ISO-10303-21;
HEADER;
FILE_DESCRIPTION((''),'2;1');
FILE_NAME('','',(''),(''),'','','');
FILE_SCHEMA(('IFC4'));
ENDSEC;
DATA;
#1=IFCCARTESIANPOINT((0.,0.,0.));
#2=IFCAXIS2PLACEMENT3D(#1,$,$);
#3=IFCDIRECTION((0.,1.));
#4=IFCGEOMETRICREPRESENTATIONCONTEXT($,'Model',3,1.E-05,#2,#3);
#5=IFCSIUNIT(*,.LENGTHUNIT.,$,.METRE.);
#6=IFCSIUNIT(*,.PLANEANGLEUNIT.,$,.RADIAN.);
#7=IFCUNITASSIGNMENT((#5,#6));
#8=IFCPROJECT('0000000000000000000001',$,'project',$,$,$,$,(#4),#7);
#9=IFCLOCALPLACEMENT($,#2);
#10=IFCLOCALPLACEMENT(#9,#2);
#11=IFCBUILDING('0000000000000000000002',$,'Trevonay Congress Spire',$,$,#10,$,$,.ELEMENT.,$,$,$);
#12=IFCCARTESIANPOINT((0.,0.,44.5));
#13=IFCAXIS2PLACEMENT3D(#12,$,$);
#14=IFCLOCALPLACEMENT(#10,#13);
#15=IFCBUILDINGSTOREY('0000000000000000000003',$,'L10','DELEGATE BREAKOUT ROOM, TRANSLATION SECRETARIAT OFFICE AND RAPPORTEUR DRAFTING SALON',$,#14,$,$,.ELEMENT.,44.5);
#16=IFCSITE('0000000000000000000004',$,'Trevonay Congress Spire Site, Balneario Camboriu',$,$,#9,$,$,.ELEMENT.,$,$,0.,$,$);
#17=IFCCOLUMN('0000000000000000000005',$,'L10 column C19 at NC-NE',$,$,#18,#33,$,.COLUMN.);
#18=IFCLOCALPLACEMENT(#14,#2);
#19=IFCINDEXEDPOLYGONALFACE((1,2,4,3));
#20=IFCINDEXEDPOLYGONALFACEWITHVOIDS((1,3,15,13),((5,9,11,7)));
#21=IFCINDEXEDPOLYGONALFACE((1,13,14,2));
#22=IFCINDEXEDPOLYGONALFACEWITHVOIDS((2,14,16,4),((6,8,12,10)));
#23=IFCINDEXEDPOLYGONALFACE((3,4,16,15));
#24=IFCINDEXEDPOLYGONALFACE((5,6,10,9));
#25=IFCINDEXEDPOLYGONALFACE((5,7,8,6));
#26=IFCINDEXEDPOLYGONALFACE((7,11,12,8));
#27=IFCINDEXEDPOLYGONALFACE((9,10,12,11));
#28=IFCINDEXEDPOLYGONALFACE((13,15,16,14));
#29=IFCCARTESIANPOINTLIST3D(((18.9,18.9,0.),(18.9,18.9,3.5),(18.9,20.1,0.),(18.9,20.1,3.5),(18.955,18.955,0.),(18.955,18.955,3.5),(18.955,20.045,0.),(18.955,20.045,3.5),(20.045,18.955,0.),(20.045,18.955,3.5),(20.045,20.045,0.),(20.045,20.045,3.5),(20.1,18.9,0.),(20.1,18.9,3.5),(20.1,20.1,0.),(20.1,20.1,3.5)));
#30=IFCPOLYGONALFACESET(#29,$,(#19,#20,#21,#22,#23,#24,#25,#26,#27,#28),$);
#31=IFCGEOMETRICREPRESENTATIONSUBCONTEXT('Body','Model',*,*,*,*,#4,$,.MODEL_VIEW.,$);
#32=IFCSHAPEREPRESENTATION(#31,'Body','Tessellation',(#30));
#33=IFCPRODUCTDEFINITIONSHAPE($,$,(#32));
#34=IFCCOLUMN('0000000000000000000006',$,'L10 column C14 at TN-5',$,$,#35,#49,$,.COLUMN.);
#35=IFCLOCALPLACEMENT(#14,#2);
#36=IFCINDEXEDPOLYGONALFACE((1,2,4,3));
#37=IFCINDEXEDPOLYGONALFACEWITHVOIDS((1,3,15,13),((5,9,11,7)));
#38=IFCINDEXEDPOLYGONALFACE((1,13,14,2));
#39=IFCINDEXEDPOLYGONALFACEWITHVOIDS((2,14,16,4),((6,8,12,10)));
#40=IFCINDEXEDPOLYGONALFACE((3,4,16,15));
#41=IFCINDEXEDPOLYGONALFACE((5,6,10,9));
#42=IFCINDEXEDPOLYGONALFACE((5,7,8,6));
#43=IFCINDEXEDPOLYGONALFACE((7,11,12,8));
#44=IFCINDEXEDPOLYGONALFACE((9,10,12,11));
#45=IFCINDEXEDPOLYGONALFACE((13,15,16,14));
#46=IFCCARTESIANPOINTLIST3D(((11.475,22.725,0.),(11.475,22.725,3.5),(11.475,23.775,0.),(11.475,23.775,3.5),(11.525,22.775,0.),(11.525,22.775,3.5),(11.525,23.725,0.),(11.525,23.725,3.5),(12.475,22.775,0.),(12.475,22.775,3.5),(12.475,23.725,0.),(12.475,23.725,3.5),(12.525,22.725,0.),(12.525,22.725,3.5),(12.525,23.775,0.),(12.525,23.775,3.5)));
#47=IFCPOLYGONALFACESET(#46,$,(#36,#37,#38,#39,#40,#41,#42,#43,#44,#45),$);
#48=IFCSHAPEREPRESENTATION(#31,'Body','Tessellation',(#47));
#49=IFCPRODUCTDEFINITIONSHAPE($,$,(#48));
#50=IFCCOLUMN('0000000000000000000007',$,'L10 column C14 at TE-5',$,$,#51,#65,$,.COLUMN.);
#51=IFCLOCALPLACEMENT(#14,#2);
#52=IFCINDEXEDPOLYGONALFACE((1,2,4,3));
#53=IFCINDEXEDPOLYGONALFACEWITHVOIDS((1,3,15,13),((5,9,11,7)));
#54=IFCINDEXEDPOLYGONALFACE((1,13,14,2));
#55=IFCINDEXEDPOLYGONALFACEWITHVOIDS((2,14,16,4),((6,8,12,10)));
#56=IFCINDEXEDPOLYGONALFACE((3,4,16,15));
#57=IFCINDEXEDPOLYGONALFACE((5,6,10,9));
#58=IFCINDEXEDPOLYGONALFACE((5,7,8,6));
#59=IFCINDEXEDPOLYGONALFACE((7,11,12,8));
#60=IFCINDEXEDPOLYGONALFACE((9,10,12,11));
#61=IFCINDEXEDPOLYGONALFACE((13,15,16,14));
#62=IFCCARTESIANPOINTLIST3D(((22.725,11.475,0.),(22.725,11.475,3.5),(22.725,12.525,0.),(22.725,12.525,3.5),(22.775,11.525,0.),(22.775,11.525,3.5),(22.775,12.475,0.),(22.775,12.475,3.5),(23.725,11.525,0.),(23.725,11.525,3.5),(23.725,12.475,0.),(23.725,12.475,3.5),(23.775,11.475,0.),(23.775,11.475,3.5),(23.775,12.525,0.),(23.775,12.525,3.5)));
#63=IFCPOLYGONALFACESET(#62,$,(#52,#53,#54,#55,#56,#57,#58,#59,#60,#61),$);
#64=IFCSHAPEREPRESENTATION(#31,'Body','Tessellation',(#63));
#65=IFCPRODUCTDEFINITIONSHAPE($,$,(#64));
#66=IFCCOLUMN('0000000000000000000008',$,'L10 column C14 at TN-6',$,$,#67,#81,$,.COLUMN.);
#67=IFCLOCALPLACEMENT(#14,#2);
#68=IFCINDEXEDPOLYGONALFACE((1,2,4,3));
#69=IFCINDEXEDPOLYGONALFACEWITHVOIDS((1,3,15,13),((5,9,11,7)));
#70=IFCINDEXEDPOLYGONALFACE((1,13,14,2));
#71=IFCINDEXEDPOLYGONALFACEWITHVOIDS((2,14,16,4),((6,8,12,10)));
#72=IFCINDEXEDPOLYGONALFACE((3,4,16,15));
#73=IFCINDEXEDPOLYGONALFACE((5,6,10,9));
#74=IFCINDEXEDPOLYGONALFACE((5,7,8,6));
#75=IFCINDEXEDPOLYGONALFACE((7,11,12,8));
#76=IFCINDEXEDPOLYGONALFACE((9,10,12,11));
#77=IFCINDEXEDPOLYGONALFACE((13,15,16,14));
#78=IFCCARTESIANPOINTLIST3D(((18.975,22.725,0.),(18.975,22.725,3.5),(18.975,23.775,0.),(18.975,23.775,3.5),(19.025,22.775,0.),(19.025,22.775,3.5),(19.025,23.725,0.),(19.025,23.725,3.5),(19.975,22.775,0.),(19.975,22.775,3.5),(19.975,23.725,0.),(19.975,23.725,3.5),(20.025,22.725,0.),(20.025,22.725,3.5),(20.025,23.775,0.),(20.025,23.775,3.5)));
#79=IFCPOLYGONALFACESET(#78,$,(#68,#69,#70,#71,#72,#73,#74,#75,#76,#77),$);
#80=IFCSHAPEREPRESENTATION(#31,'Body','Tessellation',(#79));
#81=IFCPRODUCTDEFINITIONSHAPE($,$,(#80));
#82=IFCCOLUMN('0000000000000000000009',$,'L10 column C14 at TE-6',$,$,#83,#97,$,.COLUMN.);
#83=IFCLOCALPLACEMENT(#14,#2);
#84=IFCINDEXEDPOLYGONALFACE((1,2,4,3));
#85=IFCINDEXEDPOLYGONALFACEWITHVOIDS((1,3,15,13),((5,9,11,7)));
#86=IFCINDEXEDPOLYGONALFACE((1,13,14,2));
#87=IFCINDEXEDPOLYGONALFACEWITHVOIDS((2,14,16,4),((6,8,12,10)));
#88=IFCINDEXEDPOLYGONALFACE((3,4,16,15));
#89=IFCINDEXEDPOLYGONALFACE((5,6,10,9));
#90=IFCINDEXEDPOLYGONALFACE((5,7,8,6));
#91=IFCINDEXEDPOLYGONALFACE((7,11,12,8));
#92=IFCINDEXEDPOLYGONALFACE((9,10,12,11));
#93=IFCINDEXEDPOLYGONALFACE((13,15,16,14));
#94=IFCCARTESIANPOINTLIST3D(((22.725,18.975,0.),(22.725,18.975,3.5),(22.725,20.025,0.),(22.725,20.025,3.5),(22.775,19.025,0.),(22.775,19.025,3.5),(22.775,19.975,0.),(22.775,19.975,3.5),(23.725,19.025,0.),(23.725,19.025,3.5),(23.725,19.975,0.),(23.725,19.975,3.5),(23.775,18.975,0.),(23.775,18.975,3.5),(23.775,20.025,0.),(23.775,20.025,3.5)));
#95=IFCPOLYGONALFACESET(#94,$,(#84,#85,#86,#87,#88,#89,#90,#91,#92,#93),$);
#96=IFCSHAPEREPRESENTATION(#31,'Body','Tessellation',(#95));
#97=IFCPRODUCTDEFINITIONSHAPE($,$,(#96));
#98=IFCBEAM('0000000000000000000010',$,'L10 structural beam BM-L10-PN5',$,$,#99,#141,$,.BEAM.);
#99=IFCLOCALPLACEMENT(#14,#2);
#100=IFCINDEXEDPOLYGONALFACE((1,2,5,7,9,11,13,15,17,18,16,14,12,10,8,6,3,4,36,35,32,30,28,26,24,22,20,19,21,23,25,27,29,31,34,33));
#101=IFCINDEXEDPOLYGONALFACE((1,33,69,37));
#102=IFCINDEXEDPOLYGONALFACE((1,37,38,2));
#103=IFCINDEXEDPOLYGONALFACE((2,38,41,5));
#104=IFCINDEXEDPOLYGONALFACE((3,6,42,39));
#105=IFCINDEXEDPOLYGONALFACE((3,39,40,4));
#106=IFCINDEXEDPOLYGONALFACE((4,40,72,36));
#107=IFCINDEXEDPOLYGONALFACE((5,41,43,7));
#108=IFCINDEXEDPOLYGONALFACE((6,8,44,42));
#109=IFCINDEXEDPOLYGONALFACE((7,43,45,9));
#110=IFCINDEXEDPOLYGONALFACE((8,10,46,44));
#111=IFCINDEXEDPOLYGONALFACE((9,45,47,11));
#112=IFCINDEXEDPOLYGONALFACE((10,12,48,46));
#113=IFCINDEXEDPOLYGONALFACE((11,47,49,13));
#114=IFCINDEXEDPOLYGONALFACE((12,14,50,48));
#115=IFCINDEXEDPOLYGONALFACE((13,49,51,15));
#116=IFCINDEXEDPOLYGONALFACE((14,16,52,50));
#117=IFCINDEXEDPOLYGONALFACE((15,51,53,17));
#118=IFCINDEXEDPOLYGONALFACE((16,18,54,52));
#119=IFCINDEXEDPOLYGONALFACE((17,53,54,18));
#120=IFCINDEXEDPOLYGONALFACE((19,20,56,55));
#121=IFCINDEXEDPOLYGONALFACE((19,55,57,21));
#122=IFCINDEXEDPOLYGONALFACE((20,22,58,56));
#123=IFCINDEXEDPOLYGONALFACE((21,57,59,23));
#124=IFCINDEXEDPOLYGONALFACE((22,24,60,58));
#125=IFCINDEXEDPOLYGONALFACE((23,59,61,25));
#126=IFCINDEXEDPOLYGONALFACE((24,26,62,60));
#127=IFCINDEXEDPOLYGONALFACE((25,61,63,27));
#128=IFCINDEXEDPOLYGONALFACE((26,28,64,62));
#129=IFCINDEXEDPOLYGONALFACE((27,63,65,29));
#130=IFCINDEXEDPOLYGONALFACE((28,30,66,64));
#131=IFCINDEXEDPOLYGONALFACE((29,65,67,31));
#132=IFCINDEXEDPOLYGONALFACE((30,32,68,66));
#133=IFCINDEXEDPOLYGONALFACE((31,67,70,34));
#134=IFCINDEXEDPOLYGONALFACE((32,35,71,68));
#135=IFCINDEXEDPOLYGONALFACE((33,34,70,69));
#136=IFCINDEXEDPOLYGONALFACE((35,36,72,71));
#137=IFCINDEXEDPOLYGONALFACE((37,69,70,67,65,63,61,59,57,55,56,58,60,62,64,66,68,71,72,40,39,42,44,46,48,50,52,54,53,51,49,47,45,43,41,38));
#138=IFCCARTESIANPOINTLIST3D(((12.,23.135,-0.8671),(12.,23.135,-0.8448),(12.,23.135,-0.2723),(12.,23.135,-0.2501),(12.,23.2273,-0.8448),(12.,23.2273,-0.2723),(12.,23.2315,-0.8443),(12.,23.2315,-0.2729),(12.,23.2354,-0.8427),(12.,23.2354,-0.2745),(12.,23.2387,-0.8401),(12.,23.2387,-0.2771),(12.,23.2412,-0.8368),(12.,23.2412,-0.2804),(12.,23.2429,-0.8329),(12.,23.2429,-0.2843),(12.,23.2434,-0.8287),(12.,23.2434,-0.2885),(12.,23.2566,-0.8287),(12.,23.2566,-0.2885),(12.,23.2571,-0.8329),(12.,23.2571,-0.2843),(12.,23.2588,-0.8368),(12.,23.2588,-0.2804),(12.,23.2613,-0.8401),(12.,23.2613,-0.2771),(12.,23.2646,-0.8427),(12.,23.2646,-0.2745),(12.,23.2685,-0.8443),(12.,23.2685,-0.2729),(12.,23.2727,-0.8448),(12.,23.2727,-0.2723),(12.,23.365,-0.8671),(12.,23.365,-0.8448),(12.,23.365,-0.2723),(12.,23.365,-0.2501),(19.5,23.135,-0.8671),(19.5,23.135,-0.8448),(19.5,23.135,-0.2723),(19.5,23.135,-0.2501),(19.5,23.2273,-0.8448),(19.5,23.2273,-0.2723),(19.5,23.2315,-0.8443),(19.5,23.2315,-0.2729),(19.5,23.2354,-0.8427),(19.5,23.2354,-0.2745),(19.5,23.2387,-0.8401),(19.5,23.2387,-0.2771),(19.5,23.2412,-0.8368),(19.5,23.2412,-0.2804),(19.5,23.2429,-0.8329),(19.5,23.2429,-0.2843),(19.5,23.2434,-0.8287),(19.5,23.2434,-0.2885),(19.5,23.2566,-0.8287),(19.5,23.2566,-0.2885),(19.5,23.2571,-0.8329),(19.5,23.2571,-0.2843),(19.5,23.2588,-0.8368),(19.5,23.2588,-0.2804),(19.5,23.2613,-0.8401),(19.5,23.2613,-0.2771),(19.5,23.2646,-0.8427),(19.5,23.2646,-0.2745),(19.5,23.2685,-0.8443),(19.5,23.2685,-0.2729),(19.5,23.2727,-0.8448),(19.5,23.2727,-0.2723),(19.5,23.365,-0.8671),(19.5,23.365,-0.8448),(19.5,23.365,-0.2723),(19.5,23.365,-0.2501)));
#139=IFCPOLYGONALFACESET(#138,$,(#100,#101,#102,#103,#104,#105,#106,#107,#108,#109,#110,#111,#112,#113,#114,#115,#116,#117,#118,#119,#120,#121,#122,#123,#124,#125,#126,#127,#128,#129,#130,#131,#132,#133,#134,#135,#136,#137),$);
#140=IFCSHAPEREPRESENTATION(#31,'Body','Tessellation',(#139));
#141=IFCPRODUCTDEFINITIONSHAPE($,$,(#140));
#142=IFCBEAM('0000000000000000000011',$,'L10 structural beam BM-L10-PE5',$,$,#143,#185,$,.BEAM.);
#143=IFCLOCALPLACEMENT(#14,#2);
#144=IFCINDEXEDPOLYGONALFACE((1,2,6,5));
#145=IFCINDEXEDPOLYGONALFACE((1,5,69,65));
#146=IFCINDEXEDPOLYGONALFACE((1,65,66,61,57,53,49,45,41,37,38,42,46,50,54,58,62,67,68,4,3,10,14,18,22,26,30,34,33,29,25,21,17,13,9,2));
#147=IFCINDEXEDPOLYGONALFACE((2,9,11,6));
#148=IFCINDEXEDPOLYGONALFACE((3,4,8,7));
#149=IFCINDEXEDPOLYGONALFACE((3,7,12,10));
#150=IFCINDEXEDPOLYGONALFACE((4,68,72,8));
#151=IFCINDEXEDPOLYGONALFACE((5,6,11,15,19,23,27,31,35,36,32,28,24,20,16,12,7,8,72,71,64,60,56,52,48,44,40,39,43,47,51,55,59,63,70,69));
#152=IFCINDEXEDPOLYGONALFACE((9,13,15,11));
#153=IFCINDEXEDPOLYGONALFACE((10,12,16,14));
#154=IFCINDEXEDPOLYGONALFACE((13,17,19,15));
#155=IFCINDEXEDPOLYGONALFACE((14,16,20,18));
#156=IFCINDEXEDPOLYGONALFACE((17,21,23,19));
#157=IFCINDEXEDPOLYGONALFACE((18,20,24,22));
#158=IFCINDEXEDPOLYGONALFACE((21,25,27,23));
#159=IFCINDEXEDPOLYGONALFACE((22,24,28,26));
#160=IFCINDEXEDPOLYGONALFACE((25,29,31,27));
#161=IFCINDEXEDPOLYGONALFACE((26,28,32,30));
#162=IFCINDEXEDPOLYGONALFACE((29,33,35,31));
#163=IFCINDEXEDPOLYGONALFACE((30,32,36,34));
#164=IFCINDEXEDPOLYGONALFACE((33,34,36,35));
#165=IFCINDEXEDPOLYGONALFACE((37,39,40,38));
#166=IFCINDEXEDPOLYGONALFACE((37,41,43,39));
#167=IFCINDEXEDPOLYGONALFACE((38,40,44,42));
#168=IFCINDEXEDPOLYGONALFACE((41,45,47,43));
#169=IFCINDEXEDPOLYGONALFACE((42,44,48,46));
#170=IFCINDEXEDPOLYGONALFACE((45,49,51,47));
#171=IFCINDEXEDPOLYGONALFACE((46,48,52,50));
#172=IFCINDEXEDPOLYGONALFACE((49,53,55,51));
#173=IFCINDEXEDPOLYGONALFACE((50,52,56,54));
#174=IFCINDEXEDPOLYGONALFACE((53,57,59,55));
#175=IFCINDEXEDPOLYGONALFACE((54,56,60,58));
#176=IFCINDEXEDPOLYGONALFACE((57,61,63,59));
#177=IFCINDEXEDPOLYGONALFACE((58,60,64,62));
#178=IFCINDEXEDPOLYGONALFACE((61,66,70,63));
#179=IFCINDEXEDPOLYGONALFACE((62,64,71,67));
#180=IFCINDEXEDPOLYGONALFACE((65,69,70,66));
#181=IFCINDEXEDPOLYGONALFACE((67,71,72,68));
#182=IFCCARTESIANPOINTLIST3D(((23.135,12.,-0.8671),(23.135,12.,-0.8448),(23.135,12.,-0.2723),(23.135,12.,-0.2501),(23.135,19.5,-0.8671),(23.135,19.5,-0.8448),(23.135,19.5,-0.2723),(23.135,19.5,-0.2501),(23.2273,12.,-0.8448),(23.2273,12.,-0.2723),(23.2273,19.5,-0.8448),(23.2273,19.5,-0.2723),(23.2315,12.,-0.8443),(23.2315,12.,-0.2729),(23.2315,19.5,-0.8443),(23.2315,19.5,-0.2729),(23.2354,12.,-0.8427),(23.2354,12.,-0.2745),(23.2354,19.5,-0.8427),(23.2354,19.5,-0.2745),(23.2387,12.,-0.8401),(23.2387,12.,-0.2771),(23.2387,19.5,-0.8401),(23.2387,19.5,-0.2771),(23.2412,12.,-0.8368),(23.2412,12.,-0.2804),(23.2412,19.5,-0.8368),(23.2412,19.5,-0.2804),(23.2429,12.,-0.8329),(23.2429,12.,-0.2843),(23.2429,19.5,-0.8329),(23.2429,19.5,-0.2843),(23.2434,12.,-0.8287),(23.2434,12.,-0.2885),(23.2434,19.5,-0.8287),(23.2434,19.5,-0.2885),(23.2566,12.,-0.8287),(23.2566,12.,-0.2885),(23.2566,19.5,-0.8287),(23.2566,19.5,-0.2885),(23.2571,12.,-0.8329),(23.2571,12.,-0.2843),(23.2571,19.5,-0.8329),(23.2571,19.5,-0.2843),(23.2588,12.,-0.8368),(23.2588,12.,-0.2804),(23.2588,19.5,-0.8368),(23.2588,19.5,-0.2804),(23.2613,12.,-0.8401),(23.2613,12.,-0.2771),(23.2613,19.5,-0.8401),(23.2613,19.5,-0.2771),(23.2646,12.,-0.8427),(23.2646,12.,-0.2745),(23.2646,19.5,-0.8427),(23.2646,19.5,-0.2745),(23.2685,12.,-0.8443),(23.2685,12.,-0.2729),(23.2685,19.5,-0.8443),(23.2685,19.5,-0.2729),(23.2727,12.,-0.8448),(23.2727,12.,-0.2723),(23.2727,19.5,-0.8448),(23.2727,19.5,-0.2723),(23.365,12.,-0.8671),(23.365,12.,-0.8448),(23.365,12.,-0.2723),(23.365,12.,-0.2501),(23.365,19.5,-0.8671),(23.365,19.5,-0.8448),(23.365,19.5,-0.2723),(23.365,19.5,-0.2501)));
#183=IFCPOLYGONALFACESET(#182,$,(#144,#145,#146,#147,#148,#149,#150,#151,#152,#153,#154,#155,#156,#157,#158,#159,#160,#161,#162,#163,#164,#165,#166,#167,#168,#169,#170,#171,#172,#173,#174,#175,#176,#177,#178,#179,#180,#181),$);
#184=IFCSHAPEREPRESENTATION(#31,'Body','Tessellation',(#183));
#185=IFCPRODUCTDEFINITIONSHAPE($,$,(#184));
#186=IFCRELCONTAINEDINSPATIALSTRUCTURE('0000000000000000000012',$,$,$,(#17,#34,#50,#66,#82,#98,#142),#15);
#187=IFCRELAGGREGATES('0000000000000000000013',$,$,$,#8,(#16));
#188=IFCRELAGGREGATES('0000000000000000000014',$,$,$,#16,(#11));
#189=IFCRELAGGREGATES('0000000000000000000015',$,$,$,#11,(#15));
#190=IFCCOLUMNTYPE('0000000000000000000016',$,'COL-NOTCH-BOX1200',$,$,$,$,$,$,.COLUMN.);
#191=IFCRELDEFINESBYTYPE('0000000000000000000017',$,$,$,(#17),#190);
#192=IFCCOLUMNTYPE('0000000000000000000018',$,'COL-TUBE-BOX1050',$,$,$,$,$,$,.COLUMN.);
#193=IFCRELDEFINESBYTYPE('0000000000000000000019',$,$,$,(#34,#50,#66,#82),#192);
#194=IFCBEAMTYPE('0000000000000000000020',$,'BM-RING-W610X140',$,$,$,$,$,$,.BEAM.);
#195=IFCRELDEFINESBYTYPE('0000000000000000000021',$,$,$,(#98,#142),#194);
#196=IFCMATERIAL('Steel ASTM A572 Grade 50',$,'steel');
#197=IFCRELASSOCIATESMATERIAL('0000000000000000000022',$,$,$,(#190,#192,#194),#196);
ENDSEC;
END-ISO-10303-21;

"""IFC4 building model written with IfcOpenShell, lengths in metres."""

from ifc_helpers import new_model, si_unit, direction, frame, origin, origin_2d, place, context, subcontext, project, spatial, hollow_rectangle, i_section, extrude, material, material_profile, profile_set, type_object, element, save


model = new_model("IFC4")

# Units and contexts
model_context = context("Model", 3, precision=1e-05, world=origin(), true_north=direction((0.0, 1.0)))
body_context = subcontext(model_context, "Body", "Model", "MODEL_VIEW")
ifc_project = project(units=[si_unit("LENGTHUNIT", "METRE"), si_unit("PLANEANGLEUNIT", "RADIAN")], contexts=[model_context])

# Site, building, storey
site_placement = place(None, origin())
site = spatial("IfcSite", under=ifc_project, at=site_placement, Name="Trevonay Congress Spire Site, Balneario Camboriu", CompositionType="ELEMENT", RefElevation=0.0)
building_placement = place(site_placement, origin())
building = spatial("IfcBuilding", under=site, at=building_placement, Name="Trevonay Congress Spire", CompositionType="ELEMENT")
storey_placement = place(building_placement, frame((0.0, 0.0, 44.5)))
storey = spatial("IfcBuildingStorey", under=building, at=storey_placement, Name="L10", Description="DELEGATE BREAKOUT ROOM, TRANSLATION SECRETARIAT OFFICE AND RAPPORTEUR DRAFTING SALON", CompositionType="ELEMENT", Elevation=44.5)

# Columns
ifc_material_1 = material(Name="Steel ASTM A572 Grade 50", Category="steel")
ifc_material_profile_1 = material_profile(ifc_material_1, hollow_rectangle(XDim=1.2, YDim=1.2, WallThickness=0.0549, at=origin_2d()), Name="BOX 1200x1200x55")
ifc_profile_set_1 = profile_set([ifc_material_profile_1], Name="Steel ASTM A572 Grade 50")
column_type_1 = type_object("IfcColumnType", Name="COL-NOTCH-BOX1200", PredefinedType="COLUMN", material=ifc_profile_set_1)
column_placement = place(storey_placement, frame((19.5, 19.5, 0.0), z_axis=(0.0, 0.0, 1.0), x_axis=(1.0, 0.0, 0.0)))
element("IfcColumn", 1, at=column_placement, inside=storey, type_object=column_type_1, Name="L10 column C19 at NC-NE", PredefinedType="COLUMN", context=body_context, shape_type="SweptSolid", body=[
    extrude(hollow_rectangle(XDim=1.2, YDim=1.2, WallThickness=0.0549, at=origin_2d()), origin(), (0.0, 0.0, 1.0), 3.5),
])
ifc_material_profile_2 = material_profile(ifc_material_1, hollow_rectangle(XDim=1.05, YDim=1.05, WallThickness=0.05, at=origin_2d()), Name="BOX 1050x1050x50")
ifc_profile_set_2 = profile_set([ifc_material_profile_2], Name="Steel ASTM A572 Grade 50")
column_type_2 = type_object("IfcColumnType", Name="COL-TUBE-BOX1050", PredefinedType="COLUMN", material=ifc_profile_set_2)
for number, where, z_axis, x_axis, name in (
    (2, (12.0, 23.25, 0.0), (0.0, 0.0, 1.0), (1.0, 0.0, 0.0), "L10 column C14 at TN-5"),
    (3, (23.25, 12.0, 0.0), (0.0, 0.0, 1.0), (1.0, 0.0, 0.0), "L10 column C14 at TE-5"),
    (4, (19.5, 23.25, 0.0), (0.0, 0.0, 1.0), (1.0, 0.0, 0.0), "L10 column C14 at TN-6"),
    (5, (23.25, 19.5, 0.0), (0.0, 0.0, 1.0), (1.0, 0.0, 0.0), "L10 column C14 at TE-6"),
):
    element("IfcColumn", number, at=place(storey_placement, frame(where, z_axis=z_axis, x_axis=x_axis)), inside=storey, type_object=column_type_2, Name=name, PredefinedType="COLUMN", context=body_context, shape_type="SweptSolid", body=[
        extrude(hollow_rectangle(XDim=1.05, YDim=1.05, WallThickness=0.05, at=origin_2d()), origin(), (0.0, 0.0, 1.0), 3.5),
    ])

# Beams
ifc_material_profile_3 = material_profile(ifc_material_1, i_section(OverallWidth=0.23, OverallDepth=0.6169, WebThickness=0.0132, FlangeThickness=0.0222, FilletRadius=0.0161, at=origin_2d()), Name="W610x140")
ifc_profile_set_3 = profile_set([ifc_material_profile_3], Name="Steel ASTM A572 Grade 50")
beam_type = type_object("IfcBeamType", Name="BM-RING-W610X140", PredefinedType="BEAM", material=ifc_profile_set_3)
for number, where, z_axis, x_axis, name in (
    (6, (12.0, 23.25, -0.5586), (1.0, 0.0, 0.0), (0.0, 1.0, 0.0), "L10 structural beam BM-L10-PN5"),
    (7, (23.25, 12.0, -0.5586), (0.0, 1.0, 0.0), (-1.0, 0.0, 0.0), "L10 structural beam BM-L10-PE5"),
):
    element("IfcBeam", number, at=place(storey_placement, frame(where, z_axis=z_axis, x_axis=x_axis)), inside=storey, type_object=beam_type, Name=name, PredefinedType="BEAM", context=body_context, shape_type="SweptSolid", body=[
        extrude(i_section(OverallWidth=0.23, OverallDepth=0.6169, WebThickness=0.0132, FlangeThickness=0.0222, FilletRadius=0.0161, at=origin_2d()), origin(), (0.0, 0.0, 1.0), 7.5),
    ])

save(model, "model.ifc")
